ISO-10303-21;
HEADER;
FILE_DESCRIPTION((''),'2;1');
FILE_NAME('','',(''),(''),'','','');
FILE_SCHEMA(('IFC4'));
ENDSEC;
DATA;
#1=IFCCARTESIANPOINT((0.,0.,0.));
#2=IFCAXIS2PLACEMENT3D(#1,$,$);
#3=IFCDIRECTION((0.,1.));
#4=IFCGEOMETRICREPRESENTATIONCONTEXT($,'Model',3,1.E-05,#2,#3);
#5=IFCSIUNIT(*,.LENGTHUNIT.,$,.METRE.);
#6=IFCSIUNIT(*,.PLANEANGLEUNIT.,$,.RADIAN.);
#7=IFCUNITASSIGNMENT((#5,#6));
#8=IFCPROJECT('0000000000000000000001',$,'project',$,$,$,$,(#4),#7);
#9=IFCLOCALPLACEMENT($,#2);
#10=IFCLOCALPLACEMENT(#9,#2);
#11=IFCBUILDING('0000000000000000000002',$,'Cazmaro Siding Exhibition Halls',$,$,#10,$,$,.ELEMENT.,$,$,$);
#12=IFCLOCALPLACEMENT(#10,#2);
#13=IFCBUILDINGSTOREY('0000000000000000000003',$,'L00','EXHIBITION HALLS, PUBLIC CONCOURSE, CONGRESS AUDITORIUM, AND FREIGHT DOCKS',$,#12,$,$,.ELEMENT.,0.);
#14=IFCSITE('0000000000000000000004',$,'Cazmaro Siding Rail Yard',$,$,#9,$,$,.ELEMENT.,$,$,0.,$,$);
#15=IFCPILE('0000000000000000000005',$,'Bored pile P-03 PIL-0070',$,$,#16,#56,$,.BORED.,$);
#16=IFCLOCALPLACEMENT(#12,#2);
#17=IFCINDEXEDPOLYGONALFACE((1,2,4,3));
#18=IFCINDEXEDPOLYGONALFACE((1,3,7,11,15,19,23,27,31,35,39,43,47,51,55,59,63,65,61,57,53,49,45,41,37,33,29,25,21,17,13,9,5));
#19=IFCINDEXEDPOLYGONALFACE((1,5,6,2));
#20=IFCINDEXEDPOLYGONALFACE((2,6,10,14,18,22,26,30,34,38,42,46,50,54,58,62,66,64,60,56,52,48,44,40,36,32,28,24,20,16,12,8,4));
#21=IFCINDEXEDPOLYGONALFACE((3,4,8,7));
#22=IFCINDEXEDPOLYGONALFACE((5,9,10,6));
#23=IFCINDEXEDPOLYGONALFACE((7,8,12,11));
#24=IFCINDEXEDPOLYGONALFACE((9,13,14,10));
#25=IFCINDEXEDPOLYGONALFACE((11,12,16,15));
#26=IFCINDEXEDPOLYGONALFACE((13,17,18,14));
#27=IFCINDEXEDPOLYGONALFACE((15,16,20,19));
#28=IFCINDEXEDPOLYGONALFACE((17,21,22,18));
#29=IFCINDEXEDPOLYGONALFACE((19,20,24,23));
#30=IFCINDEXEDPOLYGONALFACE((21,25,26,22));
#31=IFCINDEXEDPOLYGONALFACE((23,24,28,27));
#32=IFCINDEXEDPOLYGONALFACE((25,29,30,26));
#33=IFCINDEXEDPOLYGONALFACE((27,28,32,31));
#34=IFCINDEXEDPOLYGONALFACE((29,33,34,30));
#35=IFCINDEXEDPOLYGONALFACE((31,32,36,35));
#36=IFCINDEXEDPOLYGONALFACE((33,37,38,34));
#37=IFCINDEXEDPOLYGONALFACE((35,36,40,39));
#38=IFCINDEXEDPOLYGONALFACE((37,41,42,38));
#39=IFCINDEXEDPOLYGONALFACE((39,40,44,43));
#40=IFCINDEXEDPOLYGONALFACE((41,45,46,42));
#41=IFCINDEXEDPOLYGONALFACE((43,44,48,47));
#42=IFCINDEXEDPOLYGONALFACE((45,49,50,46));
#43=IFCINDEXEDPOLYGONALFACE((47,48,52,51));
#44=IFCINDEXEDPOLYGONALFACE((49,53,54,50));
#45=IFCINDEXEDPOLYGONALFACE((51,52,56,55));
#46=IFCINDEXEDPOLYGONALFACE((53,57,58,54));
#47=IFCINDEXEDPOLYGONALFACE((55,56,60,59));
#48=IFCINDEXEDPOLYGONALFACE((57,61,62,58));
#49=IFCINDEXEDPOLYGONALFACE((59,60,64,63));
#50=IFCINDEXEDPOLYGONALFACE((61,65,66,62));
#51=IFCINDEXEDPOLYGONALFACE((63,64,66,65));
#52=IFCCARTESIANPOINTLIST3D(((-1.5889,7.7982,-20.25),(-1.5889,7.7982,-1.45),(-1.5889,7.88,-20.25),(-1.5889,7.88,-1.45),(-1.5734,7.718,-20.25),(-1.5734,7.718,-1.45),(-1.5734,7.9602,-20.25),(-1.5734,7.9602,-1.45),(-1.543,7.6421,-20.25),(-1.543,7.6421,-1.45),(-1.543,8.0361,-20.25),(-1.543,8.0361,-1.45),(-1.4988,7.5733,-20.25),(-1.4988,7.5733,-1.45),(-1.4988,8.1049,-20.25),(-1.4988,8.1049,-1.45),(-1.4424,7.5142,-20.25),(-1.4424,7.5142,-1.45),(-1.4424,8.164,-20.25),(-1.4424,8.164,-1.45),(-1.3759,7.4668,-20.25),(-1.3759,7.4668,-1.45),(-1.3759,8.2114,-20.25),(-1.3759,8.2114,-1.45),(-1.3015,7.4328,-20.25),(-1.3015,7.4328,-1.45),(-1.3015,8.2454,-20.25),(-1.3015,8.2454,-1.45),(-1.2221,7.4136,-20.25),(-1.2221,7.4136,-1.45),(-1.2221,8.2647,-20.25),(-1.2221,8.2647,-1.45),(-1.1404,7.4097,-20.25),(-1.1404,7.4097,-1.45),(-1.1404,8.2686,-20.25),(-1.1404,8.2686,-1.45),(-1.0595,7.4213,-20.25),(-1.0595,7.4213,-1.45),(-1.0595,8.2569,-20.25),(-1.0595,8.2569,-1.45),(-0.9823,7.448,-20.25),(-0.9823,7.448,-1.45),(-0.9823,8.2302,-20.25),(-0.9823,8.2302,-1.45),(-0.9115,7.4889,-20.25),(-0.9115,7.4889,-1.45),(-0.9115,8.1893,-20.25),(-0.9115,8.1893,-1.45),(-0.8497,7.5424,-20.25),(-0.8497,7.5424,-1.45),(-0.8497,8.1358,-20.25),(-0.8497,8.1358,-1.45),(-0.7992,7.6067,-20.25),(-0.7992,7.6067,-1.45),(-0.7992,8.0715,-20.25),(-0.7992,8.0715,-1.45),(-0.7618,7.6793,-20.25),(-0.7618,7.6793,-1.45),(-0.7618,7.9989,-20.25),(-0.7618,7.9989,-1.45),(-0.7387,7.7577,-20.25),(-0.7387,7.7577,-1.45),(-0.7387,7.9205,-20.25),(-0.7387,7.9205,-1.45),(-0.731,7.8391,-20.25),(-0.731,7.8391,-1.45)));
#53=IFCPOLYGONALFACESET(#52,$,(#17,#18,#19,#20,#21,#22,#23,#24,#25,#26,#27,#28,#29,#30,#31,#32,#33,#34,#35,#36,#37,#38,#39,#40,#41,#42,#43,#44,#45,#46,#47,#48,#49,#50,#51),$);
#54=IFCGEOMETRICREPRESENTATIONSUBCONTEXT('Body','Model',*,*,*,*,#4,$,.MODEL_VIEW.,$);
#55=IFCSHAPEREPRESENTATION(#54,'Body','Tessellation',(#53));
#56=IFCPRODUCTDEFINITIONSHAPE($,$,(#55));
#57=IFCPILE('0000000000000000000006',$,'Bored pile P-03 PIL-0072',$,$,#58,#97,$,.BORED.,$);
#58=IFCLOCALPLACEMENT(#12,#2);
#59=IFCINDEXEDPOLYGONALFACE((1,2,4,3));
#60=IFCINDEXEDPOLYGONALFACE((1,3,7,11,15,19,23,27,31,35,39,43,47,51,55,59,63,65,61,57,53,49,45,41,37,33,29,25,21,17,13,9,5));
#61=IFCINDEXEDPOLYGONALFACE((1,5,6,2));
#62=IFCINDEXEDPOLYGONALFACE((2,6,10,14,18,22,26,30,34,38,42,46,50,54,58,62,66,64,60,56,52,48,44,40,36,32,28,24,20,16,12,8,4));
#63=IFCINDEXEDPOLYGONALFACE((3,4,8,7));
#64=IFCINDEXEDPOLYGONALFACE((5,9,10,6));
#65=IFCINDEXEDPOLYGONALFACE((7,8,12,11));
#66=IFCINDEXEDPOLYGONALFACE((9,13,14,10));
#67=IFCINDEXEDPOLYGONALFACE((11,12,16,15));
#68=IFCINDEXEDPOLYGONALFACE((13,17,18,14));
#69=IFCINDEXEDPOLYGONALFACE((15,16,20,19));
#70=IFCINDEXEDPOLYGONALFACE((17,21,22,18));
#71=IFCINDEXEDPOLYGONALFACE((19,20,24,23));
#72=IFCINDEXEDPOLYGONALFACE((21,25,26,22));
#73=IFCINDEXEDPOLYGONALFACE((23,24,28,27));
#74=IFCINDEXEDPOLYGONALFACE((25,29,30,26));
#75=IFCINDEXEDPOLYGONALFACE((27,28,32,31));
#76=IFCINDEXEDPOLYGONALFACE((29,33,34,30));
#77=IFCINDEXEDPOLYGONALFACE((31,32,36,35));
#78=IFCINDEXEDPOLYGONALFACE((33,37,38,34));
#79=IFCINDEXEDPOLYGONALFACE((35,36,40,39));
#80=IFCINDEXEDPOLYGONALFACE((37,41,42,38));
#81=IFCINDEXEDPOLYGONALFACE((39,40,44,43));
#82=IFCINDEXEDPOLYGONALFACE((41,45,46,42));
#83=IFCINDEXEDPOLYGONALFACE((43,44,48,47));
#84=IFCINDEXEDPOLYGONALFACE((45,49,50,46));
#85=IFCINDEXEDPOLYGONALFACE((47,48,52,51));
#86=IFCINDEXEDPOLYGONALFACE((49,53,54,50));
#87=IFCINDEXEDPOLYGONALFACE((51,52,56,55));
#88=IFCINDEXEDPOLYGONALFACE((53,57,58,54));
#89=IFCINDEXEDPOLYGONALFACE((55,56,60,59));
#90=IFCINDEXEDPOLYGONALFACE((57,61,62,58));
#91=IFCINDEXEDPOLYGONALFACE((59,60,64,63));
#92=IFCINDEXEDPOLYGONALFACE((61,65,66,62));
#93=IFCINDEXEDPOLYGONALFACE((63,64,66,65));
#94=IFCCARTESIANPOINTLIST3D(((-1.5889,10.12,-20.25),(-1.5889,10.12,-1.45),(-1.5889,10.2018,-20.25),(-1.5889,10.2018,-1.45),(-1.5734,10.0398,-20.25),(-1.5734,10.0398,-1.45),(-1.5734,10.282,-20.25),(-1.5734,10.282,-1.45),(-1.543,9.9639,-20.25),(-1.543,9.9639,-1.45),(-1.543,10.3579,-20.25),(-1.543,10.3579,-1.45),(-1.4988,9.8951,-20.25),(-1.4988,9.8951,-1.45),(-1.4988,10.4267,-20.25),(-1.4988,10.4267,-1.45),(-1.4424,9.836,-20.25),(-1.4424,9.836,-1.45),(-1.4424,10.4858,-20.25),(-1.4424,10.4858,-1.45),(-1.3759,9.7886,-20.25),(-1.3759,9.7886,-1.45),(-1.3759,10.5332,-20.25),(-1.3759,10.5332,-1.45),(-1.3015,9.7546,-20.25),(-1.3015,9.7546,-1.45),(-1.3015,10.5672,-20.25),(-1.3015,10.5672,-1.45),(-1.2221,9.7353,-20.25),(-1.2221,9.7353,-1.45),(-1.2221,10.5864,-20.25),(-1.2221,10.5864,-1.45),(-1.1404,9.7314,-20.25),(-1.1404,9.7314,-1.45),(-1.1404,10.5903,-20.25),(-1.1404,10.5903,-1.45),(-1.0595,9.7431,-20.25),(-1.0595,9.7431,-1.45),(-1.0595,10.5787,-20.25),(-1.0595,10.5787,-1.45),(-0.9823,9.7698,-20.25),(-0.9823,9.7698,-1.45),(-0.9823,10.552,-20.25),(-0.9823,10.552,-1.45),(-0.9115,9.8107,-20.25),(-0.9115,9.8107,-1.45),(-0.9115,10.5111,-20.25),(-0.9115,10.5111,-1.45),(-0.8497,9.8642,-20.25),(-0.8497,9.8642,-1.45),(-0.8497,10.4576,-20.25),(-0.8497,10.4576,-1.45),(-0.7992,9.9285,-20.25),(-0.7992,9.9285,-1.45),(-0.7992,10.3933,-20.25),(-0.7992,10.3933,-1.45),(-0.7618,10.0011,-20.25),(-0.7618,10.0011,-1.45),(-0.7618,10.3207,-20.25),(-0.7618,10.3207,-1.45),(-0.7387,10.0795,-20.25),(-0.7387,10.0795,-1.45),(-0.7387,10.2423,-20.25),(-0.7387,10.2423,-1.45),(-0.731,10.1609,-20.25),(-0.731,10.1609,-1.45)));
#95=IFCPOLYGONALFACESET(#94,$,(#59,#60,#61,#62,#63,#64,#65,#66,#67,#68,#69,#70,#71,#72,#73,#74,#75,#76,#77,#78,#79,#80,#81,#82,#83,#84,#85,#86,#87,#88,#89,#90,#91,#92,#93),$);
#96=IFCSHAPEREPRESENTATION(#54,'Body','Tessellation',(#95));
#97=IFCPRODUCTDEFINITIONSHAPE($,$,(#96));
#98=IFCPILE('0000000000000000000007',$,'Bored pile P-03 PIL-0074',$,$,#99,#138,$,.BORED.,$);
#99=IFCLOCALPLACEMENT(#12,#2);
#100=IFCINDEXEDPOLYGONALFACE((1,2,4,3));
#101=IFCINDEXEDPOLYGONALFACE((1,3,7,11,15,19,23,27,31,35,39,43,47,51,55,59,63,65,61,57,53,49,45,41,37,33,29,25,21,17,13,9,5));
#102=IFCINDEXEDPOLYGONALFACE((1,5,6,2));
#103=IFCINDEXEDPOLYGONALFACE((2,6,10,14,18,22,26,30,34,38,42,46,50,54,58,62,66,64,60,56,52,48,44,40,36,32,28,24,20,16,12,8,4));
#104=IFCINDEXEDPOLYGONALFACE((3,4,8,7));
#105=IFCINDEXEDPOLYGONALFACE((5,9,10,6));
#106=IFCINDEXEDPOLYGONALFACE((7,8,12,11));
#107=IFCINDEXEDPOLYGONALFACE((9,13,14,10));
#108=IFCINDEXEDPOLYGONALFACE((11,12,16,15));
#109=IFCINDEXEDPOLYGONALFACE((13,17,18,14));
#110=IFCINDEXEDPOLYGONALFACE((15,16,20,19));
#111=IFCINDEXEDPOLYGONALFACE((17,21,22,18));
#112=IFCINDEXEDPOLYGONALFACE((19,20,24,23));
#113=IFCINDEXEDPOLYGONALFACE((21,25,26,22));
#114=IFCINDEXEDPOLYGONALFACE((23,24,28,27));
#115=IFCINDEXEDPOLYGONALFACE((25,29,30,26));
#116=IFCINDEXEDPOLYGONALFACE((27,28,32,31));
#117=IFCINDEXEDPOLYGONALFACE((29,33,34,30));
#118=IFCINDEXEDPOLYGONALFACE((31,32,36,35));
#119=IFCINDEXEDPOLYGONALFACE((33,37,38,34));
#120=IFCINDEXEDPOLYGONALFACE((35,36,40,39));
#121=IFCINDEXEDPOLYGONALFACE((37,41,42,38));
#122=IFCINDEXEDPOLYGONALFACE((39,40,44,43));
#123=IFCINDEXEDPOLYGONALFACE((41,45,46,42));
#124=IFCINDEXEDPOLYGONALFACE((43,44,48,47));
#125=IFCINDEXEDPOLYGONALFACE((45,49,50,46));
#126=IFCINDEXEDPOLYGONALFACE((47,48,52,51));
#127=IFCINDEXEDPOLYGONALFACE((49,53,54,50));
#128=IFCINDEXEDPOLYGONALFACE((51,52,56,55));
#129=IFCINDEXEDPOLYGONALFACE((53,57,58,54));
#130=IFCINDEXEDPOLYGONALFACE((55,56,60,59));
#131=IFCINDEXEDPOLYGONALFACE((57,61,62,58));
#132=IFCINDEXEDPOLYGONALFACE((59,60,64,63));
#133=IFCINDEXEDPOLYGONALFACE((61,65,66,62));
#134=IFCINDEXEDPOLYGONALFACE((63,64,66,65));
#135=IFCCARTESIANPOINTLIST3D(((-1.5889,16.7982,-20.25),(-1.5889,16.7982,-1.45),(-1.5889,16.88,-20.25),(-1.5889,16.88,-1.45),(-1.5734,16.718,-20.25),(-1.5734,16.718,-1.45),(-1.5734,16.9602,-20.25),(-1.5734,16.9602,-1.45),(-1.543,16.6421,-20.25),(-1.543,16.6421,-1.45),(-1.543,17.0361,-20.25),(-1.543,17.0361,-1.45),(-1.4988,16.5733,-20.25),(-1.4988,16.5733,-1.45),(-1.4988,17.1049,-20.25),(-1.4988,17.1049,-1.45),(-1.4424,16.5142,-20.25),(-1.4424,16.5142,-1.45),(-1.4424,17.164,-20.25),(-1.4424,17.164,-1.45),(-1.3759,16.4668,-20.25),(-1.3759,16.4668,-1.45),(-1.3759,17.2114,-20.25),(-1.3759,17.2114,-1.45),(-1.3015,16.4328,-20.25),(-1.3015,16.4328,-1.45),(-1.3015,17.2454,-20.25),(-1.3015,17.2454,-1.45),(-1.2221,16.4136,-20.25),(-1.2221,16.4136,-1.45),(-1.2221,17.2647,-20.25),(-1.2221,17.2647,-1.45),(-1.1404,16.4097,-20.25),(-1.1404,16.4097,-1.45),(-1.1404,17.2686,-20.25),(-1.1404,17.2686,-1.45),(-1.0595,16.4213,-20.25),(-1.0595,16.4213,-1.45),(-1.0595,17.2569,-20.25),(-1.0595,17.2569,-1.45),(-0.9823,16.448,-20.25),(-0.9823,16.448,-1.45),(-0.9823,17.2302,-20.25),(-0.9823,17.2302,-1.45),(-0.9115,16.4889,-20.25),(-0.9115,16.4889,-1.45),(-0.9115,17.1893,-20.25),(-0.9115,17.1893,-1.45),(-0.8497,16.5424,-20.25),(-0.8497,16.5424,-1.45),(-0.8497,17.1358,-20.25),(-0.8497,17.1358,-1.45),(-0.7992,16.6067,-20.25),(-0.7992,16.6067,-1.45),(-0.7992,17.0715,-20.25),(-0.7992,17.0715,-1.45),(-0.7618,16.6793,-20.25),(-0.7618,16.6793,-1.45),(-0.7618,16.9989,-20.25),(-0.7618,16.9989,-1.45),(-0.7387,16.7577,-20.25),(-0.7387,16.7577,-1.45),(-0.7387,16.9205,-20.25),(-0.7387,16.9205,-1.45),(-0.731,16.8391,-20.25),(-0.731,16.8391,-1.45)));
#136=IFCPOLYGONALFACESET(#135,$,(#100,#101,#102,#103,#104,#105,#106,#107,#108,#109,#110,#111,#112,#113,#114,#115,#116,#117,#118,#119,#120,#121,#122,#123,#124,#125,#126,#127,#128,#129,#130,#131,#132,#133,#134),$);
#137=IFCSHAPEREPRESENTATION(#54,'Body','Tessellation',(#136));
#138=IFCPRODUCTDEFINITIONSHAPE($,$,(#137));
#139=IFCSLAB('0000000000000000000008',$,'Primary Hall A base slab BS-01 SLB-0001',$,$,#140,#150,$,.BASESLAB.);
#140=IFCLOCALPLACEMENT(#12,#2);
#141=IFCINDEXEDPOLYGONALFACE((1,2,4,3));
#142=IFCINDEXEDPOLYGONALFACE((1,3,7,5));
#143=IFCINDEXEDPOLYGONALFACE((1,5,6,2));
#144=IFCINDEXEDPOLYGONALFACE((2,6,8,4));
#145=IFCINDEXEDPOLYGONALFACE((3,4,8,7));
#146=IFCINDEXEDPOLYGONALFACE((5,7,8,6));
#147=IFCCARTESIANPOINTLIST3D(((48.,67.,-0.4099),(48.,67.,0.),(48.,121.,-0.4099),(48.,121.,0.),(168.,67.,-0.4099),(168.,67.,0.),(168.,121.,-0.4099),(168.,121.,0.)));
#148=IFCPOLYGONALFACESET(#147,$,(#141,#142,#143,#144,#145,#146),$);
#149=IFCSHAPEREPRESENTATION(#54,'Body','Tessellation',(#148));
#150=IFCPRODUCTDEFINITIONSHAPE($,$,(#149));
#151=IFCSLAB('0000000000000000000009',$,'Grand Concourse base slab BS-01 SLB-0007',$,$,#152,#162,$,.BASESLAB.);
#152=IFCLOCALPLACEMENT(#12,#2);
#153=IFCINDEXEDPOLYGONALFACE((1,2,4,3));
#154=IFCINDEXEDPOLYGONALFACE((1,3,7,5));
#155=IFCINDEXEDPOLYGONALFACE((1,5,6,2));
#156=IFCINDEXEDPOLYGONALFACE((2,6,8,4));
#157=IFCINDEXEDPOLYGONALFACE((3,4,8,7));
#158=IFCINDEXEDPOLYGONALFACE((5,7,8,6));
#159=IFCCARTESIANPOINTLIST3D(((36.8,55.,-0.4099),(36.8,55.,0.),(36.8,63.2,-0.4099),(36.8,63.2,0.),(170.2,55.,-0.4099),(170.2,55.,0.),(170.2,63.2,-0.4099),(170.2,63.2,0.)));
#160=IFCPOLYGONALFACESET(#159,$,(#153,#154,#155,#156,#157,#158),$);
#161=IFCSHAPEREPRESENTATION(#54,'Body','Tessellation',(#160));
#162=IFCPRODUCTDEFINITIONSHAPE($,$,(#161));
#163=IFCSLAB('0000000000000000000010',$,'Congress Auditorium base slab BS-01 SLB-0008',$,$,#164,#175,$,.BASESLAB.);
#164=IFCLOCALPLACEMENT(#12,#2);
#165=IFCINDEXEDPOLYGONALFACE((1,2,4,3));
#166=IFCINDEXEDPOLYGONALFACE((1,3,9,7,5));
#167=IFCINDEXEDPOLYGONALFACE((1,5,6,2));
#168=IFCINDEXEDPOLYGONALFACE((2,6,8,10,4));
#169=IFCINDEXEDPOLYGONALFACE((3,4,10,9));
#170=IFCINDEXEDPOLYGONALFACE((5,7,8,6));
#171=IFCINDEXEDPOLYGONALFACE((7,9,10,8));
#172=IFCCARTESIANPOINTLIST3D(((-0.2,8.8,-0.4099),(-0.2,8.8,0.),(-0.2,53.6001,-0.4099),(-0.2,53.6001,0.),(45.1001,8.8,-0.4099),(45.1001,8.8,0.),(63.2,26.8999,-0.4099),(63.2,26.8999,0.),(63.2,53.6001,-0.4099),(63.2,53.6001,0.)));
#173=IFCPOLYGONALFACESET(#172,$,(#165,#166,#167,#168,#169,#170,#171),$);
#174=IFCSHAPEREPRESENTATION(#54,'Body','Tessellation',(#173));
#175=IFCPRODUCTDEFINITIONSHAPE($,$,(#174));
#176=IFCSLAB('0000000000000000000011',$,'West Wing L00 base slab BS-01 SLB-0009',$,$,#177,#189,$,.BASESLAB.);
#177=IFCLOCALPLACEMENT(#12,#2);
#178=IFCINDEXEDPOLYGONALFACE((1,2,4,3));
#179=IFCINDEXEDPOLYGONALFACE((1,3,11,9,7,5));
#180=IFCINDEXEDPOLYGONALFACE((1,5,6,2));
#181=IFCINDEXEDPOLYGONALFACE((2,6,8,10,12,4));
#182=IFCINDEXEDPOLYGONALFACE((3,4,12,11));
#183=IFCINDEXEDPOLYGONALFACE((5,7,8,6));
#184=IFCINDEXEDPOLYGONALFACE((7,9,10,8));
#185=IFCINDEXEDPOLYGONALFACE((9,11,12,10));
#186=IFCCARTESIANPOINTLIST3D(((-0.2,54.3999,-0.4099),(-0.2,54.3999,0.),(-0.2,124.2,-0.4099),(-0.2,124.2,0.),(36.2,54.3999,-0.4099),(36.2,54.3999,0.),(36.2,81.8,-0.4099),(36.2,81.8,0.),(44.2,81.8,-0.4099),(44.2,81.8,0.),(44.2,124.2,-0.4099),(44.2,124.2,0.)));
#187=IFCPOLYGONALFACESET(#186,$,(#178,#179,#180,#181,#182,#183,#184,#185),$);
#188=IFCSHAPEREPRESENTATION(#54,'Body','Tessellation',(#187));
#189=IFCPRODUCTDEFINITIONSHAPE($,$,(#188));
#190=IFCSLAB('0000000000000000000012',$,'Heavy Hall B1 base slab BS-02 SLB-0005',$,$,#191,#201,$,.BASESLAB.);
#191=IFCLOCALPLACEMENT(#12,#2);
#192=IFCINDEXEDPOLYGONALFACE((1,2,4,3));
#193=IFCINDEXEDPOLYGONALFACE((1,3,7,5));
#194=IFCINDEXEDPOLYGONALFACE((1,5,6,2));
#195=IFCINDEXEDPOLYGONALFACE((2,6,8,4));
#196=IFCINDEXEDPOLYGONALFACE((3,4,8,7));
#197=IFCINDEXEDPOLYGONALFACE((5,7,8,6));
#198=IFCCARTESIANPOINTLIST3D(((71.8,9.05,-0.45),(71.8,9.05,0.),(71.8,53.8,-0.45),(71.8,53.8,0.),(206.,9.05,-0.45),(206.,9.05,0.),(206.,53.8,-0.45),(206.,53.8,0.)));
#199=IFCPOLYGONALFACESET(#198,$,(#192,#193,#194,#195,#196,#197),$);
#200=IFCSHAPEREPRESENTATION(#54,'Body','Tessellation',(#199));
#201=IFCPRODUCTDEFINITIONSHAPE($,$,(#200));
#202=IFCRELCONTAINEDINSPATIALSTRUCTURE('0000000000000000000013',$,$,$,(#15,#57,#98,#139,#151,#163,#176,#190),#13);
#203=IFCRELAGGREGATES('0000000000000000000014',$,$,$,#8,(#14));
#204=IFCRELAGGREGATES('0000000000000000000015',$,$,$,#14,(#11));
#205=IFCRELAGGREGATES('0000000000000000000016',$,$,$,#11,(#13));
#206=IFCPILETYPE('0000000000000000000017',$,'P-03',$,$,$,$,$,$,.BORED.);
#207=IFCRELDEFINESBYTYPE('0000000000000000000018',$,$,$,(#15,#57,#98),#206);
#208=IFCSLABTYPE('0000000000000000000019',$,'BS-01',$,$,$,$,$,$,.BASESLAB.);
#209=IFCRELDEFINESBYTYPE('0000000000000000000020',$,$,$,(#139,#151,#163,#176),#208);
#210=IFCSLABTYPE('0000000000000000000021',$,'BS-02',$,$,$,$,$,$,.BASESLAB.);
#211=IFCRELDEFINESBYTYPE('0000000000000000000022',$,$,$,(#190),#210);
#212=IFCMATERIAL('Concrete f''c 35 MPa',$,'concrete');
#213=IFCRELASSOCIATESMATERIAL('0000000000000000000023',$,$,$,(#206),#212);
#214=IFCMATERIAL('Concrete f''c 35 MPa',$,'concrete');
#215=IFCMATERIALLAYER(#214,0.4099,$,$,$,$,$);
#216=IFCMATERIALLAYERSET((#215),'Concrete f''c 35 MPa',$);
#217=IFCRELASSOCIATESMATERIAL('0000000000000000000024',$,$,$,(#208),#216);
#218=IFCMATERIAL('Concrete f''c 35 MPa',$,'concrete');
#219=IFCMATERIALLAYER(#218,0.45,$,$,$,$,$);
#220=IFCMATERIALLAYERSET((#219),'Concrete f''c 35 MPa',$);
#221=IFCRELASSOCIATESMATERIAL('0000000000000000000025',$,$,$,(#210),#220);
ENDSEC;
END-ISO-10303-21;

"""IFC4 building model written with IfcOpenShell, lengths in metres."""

from ifc_helpers import new_model, si_unit, direction, frame, origin, origin_2d, place, context, subcontext, project, spatial, polyline, circle, outline, extrude, material, layer, layer_set, material_profile, profile_set, type_object, element, save


model = new_model("IFC4")

# Units and contexts
model_context = context("Model", 3, precision=1e-05, world=origin(), true_north=direction((0.0, 1.0)))
body_context = subcontext(model_context, "Body", "Model", "MODEL_VIEW")
ifc_project = project(units=[si_unit("LENGTHUNIT", "METRE"), si_unit("PLANEANGLEUNIT", "RADIAN")], contexts=[model_context])

# Site, building, storey
site_placement = place(None, origin())
site = spatial("IfcSite", under=ifc_project, at=site_placement, Name="Cazmaro Siding Rail Yard", CompositionType="ELEMENT", RefElevation=0.0)
building_placement = place(site_placement, origin())
building = spatial("IfcBuilding", under=site, at=building_placement, Name="Cazmaro Siding Exhibition Halls", CompositionType="ELEMENT")
storey_placement = place(building_placement, origin())
storey = spatial("IfcBuildingStorey", under=building, at=storey_placement, Name="L00", Description="EXHIBITION HALLS, PUBLIC CONCOURSE, CONGRESS AUDITORIUM, AND FREIGHT DOCKS", CompositionType="ELEMENT", Elevation=0.0)

# Piles
ifc_material_1 = material(Name="Concrete f'c 35 MPa", Category="concrete")
ifc_material_profile = material_profile(ifc_material_1, circle(Radius=0.4299, at=origin_2d()), Name="CIDH-860")
ifc_profile_set = profile_set([ifc_material_profile], Name="Concrete f'c 35 MPa")
pile_type = type_object("IfcPileType", Name="P-03", PredefinedType="BORED", material=ifc_profile_set)
for number, where, z_axis, x_axis, name in (
    (1, (-1.1609, 7.8391, -1.45), (0.0, 0.0, -1.0), (1.0, 0.0, 0.0), "Bored pile P-03 PIL-0070"),
    (2, (-1.1609, 10.1609, -1.45), (0.0, 0.0, -1.0), (1.0, 0.0, 0.0), "Bored pile P-03 PIL-0072"),
    (3, (-1.1609, 16.8391, -1.45), (0.0, 0.0, -1.0), (1.0, 0.0, 0.0), "Bored pile P-03 PIL-0074"),
):
    element("IfcPile", number, at=place(storey_placement, frame(where, z_axis=z_axis, x_axis=x_axis)), inside=storey, type_object=pile_type, Name=name, PredefinedType="BORED", context=body_context, shape_type="SweptSolid", body=[
        extrude(circle(Radius=0.4299, at=origin_2d()), origin(), (0.0, 0.0, 1.0), 18.8),
    ])

# Slabs
ifc_material_2 = material(Name="Concrete f'c 35 MPa", Category="concrete")
ifc_layer_1 = layer(ifc_material_2, 0.4099)
ifc_layer_set_1 = layer_set([ifc_layer_1], Name="Concrete f'c 35 MPa")
slab_type_1 = type_object("IfcSlabType", Name="BS-01", PredefinedType="BASESLAB", material=ifc_layer_set_1)
slab_1_placement = place(storey_placement, frame((0.0, 0.0, -0.4099)))
element("IfcSlab", 4, at=slab_1_placement, inside=storey, type_object=slab_type_1, Name="Primary Hall A base slab BS-01 SLB-0001", PredefinedType="BASESLAB", context=body_context, shape_type="SweptSolid", body=[
    extrude(outline(polyline([(48.0, 67.0), (168.0, 67.0), (168.0, 121.0), (48.0, 121.0), (48.0, 67.0)])), origin(), (0.0, 0.0, 1.0), 0.4099),
])
slab_2_placement = place(storey_placement, frame((0.0, 0.0, -0.4099)))
element("IfcSlab", 5, at=slab_2_placement, inside=storey, type_object=slab_type_1, Name="Grand Concourse base slab BS-01 SLB-0007", PredefinedType="BASESLAB", context=body_context, shape_type="SweptSolid", body=[
    extrude(outline(polyline([(36.8, 55.0), (170.2, 55.0), (170.2, 63.2), (36.8, 63.2), (36.8, 55.0)])), origin(), (0.0, 0.0, 1.0), 0.4099),
])
slab_3_placement = place(storey_placement, frame((0.0, 0.0, -0.4099)))
element("IfcSlab", 6, at=slab_3_placement, inside=storey, type_object=slab_type_1, Name="Congress Auditorium base slab BS-01 SLB-0008", PredefinedType="BASESLAB", context=body_context, shape_type="SweptSolid", body=[
    extrude(outline(polyline([(-0.2, 8.8), (45.1001, 8.8), (63.2, 26.8999), (63.2, 53.6001), (-0.2, 53.6001), (-0.2, 8.8)])), origin(), (0.0, 0.0, 1.0), 0.4099),
])
slab_4_placement = place(storey_placement, frame((0.0, 0.0, -0.4099)))
element("IfcSlab", 7, at=slab_4_placement, inside=storey, type_object=slab_type_1, Name="West Wing L00 base slab BS-01 SLB-0009", PredefinedType="BASESLAB", context=body_context, shape_type="SweptSolid", body=[
    extrude(outline(polyline([(-0.2, 54.3999), (36.2, 54.3999), (36.2, 81.8), (44.2, 81.8), (44.2, 124.2), (-0.2, 124.2), (-0.2, 54.3999)])), origin(), (0.0, 0.0, 1.0), 0.4099),
])
ifc_material_3 = material(Name="Concrete f'c 35 MPa", Category="concrete")
ifc_layer_2 = layer(ifc_material_3, 0.45)
ifc_layer_set_2 = layer_set([ifc_layer_2], Name="Concrete f'c 35 MPa")
slab_type_2 = type_object("IfcSlabType", Name="BS-02", PredefinedType="BASESLAB", material=ifc_layer_set_2)
slab_5_placement = place(storey_placement, frame((0.0, 0.0, -0.45)))
element("IfcSlab", 8, at=slab_5_placement, inside=storey, type_object=slab_type_2, Name="Heavy Hall B1 base slab BS-02 SLB-0005", PredefinedType="BASESLAB", context=body_context, shape_type="SweptSolid", body=[
    extrude(outline(polyline([(71.8, 9.05), (206.0, 9.05), (206.0, 53.8), (71.8, 53.8), (71.8, 9.05)])), origin(), (0.0, 0.0, 1.0), 0.45),
])

save(model, "model.ifc")
